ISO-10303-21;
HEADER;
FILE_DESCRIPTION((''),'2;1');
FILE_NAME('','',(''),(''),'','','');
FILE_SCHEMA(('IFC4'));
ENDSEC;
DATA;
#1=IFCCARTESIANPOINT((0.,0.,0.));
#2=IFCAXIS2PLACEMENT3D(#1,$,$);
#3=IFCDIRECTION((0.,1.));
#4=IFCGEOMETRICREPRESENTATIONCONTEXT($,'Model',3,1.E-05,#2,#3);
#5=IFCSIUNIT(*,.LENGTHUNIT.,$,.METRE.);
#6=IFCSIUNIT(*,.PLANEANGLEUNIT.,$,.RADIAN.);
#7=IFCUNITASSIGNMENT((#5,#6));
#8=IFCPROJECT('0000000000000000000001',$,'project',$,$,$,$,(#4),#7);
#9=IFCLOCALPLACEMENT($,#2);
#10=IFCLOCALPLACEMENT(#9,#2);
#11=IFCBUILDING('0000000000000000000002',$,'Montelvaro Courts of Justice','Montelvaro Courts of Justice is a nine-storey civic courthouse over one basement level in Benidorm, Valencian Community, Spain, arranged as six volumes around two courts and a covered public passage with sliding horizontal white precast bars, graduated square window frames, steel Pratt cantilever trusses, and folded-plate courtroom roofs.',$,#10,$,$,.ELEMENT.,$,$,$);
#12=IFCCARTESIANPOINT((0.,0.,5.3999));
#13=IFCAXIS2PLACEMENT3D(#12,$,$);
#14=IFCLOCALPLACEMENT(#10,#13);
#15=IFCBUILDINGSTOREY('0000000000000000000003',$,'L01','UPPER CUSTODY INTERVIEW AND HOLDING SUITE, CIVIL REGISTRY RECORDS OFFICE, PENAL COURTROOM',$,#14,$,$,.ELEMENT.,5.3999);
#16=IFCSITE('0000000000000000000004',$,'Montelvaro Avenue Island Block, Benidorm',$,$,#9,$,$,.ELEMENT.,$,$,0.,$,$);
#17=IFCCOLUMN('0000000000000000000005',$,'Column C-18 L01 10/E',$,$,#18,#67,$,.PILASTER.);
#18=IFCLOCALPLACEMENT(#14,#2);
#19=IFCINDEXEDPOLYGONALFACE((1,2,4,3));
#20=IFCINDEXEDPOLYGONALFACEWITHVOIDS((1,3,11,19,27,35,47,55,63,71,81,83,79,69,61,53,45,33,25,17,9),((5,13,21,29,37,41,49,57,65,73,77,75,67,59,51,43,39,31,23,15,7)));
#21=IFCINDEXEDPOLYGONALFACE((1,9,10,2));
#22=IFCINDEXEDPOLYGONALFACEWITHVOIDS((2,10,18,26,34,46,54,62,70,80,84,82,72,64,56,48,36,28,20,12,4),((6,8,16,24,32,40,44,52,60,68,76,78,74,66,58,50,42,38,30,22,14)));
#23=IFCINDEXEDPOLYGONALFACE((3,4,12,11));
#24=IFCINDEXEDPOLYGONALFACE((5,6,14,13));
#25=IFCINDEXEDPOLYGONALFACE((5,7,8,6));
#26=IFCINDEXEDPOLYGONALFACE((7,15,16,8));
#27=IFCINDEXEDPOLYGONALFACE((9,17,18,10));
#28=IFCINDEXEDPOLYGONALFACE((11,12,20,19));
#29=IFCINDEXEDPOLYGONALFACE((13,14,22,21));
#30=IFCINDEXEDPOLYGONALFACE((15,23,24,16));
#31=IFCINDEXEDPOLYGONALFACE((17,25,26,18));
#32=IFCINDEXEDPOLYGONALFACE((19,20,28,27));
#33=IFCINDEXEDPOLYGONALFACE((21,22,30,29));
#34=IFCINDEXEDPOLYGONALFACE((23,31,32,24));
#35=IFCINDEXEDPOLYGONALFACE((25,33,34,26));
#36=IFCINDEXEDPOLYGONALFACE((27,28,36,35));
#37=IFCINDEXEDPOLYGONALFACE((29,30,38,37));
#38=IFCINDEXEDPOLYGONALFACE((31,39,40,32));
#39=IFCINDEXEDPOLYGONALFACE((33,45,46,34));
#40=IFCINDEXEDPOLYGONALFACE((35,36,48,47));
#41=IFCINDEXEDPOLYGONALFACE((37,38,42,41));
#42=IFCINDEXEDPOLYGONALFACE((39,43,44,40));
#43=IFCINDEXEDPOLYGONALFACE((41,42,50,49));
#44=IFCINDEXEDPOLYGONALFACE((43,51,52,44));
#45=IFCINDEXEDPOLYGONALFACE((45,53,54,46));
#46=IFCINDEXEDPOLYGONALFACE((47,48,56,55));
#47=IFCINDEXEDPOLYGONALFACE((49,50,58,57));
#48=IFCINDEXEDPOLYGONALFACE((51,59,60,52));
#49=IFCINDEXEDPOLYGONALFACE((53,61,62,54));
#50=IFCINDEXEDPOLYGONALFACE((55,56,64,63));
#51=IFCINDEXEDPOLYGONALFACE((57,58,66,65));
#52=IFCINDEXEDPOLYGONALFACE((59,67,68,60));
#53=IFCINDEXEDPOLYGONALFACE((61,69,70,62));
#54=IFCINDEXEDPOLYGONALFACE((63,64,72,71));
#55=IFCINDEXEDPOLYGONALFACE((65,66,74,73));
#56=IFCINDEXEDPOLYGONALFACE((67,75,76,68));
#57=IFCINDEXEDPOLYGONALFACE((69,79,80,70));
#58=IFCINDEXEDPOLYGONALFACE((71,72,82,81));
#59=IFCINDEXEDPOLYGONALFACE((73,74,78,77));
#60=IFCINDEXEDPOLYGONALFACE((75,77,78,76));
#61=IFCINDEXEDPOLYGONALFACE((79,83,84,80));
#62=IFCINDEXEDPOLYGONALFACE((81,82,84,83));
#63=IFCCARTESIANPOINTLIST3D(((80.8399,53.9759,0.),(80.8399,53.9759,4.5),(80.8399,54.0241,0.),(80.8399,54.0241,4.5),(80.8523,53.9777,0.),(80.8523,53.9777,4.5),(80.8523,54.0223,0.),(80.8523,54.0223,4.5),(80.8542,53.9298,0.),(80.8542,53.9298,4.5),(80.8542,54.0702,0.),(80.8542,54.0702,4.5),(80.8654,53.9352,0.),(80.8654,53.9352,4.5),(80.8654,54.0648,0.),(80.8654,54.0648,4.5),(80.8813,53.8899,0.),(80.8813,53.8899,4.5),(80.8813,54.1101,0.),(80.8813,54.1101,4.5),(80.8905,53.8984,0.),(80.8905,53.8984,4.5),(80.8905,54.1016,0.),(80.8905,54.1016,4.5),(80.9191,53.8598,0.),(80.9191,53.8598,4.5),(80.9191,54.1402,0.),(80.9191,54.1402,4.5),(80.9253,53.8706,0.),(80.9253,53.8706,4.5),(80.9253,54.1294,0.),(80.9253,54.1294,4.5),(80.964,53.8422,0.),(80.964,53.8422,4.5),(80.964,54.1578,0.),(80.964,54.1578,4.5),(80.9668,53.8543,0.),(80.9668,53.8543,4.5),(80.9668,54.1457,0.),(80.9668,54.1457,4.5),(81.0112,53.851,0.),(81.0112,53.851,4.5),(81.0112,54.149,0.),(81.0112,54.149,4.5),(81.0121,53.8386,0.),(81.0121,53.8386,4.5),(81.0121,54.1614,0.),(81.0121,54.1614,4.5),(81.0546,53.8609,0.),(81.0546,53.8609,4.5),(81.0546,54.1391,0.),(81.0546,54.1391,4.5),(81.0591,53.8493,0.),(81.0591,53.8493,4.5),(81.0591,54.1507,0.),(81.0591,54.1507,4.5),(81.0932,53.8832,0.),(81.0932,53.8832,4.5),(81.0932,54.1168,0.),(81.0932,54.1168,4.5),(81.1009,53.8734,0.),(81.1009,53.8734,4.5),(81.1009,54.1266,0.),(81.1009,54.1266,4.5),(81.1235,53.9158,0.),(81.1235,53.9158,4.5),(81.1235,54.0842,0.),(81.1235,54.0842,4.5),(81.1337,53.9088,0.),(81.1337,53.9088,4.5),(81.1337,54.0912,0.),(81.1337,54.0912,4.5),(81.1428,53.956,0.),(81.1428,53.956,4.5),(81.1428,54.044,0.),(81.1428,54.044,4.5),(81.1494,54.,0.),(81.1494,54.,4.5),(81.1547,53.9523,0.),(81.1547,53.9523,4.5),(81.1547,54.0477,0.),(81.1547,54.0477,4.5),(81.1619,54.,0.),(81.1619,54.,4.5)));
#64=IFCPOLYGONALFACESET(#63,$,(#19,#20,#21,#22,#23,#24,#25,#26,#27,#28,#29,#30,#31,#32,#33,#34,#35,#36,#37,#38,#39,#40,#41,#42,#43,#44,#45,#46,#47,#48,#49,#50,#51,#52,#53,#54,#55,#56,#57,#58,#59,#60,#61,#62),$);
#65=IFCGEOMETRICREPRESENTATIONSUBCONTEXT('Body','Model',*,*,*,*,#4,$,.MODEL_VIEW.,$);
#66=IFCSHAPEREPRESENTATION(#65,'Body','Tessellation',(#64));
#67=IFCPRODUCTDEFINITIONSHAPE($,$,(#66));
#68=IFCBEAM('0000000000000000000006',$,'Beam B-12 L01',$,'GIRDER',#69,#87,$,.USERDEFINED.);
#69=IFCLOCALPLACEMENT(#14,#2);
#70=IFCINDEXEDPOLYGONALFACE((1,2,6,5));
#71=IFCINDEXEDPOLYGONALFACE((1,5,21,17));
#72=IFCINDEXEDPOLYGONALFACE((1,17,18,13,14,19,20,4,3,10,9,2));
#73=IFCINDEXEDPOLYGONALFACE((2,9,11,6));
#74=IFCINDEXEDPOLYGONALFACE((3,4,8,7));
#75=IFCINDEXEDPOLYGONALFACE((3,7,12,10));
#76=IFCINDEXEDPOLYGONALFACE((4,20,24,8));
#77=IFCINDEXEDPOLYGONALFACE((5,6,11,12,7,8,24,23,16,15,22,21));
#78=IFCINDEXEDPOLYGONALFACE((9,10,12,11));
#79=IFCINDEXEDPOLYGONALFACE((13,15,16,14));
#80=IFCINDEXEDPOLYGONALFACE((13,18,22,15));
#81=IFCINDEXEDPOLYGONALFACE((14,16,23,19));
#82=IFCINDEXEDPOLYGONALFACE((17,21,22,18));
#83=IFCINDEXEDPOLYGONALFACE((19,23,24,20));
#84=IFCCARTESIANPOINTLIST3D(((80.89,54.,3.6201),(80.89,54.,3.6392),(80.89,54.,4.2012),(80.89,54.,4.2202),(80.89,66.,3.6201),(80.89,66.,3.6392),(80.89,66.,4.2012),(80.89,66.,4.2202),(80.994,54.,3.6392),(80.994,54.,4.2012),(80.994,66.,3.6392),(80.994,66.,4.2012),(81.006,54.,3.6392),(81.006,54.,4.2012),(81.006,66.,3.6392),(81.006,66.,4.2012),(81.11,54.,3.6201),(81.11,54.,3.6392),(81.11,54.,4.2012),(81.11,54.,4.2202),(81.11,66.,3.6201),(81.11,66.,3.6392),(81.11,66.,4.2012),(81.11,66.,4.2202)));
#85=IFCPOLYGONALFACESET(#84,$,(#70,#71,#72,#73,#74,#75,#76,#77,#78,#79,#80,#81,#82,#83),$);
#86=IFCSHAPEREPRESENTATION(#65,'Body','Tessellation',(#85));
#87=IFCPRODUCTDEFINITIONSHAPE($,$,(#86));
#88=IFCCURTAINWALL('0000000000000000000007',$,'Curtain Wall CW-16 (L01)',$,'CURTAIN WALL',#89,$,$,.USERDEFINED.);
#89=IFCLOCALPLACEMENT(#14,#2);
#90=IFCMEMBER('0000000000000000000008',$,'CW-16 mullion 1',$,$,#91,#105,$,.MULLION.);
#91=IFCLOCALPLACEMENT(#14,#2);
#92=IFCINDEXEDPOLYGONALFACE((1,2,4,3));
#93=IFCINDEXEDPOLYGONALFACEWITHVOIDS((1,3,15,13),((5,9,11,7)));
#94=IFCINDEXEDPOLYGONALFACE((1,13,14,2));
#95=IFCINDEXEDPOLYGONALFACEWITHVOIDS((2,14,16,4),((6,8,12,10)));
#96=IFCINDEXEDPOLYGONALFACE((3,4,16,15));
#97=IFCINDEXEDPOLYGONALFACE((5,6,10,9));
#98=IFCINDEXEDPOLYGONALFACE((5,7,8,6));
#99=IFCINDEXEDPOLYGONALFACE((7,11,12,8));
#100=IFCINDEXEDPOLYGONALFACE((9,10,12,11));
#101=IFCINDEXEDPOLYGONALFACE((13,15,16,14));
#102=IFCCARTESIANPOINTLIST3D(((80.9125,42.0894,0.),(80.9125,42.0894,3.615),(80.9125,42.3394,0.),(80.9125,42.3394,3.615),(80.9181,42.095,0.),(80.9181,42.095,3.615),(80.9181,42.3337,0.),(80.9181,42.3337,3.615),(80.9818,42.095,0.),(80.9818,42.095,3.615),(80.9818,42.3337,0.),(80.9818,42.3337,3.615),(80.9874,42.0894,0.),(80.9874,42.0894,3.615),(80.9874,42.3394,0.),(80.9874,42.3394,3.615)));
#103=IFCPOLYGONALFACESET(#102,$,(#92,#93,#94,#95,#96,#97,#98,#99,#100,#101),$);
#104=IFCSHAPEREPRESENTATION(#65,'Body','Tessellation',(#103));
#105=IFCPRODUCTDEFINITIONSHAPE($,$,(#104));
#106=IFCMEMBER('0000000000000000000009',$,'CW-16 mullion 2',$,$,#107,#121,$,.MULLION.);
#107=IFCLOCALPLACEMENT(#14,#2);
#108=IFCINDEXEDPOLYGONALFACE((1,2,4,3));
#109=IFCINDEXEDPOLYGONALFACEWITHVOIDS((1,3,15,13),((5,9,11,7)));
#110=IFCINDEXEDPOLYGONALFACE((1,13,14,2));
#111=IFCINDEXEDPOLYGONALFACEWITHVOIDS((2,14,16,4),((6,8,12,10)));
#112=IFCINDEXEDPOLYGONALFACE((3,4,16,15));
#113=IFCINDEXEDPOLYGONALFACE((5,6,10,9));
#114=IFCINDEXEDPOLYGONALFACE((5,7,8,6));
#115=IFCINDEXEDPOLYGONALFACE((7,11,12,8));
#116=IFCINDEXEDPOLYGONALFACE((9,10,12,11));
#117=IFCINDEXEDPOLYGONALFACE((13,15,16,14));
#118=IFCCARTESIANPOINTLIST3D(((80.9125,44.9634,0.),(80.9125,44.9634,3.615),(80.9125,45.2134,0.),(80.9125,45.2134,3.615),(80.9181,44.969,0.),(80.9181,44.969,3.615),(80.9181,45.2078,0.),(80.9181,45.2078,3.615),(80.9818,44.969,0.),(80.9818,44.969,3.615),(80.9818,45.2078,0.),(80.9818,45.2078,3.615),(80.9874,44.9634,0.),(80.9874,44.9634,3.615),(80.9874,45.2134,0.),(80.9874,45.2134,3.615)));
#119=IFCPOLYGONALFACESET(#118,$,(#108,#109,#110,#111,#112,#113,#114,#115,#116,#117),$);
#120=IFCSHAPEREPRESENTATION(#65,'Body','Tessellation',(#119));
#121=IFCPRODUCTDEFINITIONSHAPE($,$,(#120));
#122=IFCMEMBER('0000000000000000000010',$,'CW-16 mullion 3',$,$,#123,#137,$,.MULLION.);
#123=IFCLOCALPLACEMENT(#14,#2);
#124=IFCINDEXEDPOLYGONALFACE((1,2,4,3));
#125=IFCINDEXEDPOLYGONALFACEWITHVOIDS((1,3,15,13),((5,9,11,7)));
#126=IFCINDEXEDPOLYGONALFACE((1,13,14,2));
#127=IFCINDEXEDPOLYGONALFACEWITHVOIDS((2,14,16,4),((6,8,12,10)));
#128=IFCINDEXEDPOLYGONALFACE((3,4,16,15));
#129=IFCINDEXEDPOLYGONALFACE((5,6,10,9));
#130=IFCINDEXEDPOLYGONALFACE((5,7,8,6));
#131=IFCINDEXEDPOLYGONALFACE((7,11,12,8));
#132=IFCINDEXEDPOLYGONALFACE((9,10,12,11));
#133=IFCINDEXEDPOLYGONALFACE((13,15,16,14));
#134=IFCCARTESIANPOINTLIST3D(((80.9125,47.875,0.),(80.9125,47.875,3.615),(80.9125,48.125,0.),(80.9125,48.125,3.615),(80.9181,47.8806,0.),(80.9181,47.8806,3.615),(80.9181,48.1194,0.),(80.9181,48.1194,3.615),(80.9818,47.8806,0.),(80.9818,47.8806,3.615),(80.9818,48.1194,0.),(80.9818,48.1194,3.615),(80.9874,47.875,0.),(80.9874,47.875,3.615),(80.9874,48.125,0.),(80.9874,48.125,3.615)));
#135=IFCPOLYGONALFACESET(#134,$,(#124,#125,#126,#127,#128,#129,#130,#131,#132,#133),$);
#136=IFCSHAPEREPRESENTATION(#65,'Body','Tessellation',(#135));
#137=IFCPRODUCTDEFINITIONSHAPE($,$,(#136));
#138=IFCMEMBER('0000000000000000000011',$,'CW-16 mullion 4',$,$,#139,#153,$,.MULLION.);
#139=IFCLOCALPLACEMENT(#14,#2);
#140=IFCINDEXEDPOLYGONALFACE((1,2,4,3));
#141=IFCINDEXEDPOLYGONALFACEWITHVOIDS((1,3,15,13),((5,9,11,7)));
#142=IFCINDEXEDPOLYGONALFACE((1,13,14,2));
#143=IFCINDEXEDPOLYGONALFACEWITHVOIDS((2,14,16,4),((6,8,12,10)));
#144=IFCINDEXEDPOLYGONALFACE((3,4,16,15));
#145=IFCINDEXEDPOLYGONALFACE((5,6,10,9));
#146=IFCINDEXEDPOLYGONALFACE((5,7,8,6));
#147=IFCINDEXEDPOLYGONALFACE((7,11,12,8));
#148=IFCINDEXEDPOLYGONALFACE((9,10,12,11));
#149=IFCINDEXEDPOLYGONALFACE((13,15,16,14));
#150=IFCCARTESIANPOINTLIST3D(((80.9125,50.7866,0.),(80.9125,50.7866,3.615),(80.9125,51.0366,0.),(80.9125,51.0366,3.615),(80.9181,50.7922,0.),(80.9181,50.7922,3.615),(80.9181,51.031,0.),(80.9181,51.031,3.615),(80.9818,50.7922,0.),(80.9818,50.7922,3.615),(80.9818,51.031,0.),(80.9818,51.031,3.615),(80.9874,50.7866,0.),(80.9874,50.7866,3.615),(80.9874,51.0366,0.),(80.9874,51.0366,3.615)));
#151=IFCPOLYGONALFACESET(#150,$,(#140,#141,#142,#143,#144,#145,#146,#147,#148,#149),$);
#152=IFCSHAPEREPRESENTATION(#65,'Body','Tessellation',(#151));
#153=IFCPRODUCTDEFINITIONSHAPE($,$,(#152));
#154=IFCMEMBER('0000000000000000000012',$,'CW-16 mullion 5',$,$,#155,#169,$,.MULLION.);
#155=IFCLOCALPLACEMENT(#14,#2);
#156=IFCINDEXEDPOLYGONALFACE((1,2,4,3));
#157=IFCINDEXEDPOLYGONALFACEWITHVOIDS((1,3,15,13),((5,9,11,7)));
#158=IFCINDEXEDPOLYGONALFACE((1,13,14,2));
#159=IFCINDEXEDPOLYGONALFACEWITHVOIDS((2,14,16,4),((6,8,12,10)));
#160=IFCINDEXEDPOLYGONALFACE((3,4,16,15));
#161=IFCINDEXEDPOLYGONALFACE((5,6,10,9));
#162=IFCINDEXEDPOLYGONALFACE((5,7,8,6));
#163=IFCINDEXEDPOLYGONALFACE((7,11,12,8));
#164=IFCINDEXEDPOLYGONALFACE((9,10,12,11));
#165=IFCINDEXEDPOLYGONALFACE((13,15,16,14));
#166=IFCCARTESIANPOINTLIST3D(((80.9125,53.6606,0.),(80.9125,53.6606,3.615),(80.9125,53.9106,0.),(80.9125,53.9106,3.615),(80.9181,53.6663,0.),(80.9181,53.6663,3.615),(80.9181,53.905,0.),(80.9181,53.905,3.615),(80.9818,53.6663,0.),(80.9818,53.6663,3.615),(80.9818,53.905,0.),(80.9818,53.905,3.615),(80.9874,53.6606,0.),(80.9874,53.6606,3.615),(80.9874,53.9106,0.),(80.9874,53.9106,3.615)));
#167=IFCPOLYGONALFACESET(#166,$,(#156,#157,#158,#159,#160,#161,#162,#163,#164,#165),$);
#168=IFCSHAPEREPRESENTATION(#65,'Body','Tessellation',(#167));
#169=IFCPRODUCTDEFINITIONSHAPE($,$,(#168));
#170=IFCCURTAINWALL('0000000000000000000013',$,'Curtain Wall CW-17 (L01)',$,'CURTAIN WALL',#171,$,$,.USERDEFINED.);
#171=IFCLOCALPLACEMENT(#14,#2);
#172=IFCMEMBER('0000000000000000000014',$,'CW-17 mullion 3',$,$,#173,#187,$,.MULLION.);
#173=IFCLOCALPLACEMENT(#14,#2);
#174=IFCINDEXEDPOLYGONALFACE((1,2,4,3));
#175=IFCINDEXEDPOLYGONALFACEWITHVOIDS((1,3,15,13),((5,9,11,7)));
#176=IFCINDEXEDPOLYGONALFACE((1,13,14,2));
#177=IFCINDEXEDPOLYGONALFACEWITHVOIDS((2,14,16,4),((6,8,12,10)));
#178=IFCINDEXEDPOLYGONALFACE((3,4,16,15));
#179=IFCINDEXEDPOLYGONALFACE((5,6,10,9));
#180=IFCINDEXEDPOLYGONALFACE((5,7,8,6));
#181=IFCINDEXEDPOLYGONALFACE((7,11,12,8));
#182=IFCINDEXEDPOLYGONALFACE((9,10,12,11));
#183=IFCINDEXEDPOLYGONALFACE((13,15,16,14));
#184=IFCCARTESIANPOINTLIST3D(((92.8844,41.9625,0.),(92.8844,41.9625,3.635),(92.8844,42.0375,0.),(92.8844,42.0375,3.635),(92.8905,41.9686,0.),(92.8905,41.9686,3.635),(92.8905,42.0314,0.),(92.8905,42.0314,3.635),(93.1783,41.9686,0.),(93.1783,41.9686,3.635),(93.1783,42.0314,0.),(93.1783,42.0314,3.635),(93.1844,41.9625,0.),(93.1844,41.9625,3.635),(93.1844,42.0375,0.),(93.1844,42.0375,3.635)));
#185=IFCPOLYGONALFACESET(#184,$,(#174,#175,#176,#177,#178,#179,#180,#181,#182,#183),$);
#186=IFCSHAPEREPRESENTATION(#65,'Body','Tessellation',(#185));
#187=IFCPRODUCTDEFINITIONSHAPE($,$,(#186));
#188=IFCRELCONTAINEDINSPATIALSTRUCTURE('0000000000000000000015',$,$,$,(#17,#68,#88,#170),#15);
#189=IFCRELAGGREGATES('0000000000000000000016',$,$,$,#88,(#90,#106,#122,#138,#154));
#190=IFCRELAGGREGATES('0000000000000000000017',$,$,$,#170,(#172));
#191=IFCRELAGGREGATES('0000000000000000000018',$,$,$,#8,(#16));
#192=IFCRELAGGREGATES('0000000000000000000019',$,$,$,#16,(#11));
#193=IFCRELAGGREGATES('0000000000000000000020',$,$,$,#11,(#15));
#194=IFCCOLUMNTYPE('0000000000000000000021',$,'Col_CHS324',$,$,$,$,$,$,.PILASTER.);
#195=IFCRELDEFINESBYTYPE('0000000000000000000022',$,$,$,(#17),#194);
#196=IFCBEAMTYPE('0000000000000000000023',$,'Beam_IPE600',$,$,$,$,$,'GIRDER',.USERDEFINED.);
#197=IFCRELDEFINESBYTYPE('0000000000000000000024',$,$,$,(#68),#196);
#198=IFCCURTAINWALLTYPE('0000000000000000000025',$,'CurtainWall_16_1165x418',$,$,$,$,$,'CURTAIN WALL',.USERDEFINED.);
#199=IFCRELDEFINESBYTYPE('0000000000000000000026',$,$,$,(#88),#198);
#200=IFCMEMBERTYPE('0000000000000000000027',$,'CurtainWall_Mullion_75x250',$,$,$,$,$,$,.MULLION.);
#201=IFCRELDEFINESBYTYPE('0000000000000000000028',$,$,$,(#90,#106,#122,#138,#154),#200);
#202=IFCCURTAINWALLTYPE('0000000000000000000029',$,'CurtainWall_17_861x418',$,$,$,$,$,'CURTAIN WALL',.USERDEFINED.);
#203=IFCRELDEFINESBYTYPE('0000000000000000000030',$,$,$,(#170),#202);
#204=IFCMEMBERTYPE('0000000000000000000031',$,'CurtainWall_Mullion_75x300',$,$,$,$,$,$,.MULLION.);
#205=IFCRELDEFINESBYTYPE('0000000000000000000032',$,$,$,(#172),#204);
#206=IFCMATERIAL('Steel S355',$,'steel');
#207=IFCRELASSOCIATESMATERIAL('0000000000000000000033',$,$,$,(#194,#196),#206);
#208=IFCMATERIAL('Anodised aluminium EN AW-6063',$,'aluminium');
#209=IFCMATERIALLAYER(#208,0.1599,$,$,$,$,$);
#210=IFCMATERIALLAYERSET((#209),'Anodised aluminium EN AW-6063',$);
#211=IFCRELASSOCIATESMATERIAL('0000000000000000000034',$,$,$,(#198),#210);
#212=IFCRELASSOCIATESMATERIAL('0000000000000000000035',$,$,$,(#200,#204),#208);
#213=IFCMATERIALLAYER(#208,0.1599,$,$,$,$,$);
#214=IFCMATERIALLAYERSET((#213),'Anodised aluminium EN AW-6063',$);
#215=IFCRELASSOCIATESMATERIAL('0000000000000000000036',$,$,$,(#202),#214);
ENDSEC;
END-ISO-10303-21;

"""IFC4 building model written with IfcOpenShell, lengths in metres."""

from ifc_helpers import new_model, si_unit, direction, frame, origin, origin_2d, place, context, subcontext, project, spatial, hollow_rectangle, hollow_circle, i_section, extrude, material, layer, layer_set, material_profile, profile_set, type_object, element, aggregate, save


model = new_model("IFC4")

# Units and contexts
model_context = context("Model", 3, precision=1e-05, world=origin(), true_north=direction((0.0, 1.0)))
body_context = subcontext(model_context, "Body", "Model", "MODEL_VIEW")
ifc_project = project(units=[si_unit("LENGTHUNIT", "METRE"), si_unit("PLANEANGLEUNIT", "RADIAN")], contexts=[model_context])

# Site, building, storey
site_placement = place(None, origin())
site = spatial("IfcSite", under=ifc_project, at=site_placement, Name="Montelvaro Avenue Island Block, Benidorm", CompositionType="ELEMENT", RefElevation=0.0)
building_placement = place(site_placement, origin())
building = spatial("IfcBuilding", under=site, at=building_placement, Name="Montelvaro Courts of Justice", Description="Montelvaro Courts of Justice is a nine-storey civic courthouse over one basement level in Benidorm, Valencian Community, Spain, arranged as six volumes around two courts and a covered public passage with sliding horizontal white precast bars, graduated square window frames, steel Pratt cantilever trusses, and folded-plate courtroom roofs.", CompositionType="ELEMENT")
storey_placement = place(building_placement, frame((0.0, 0.0, 5.3999)))
storey = spatial("IfcBuildingStorey", under=building, at=storey_placement, Name="L01", Description="UPPER CUSTODY INTERVIEW AND HOLDING SUITE, CIVIL REGISTRY RECORDS OFFICE, PENAL COURTROOM", CompositionType="ELEMENT", Elevation=5.3999)

# Column
ifc_material_1 = material(Name="Steel S355", Category="steel")
ifc_material_profile_1 = material_profile(ifc_material_1, hollow_circle(Radius=0.1619, WallThickness=0.0125, at=origin_2d()), Name="CHS 323.9x12.5")
ifc_profile_set_1 = profile_set([ifc_material_profile_1], Name="Steel S355")
column_type = type_object("IfcColumnType", Name="Col_CHS324", PredefinedType="PILASTER", material=ifc_profile_set_1)
column_placement = place(storey_placement, frame((81.0, 54.0, 0.0), z_axis=(0.0, 0.0, 1.0), x_axis=(1.0, 0.0, 0.0)))
element("IfcColumn", 1, at=column_placement, inside=storey, type_object=column_type, Name="Column C-18 L01 10/E", PredefinedType="PILASTER", context=body_context, shape_type="SweptSolid", body=[
    extrude(hollow_circle(Radius=0.1619, WallThickness=0.0125, at=origin_2d()), origin(), (0.0, 0.0, 1.0), 4.5),
])

# Beam
ifc_material_profile_2 = material_profile(ifc_material_1, i_section(OverallWidth=0.22, OverallDepth=0.6001, WebThickness=0.012, FlangeThickness=0.019, at=origin_2d()), Name="IPE 600")
ifc_profile_set_2 = profile_set([ifc_material_profile_2], Name="Steel S355")
beam_type = type_object("IfcBeamType", Name="Beam_IPE600", ElementType="GIRDER", PredefinedType="USERDEFINED", material=ifc_profile_set_2)
beam_placement = place(storey_placement, frame((81.0, 54.0, 3.9202), z_axis=(0.0, 1.0, 0.0), x_axis=(-1.0, 0.0, 0.0)))
element("IfcBeam", 2, at=beam_placement, inside=storey, type_object=beam_type, Name="Beam B-12 L01", ObjectType="GIRDER", PredefinedType="USERDEFINED", context=body_context, shape_type="SweptSolid", body=[
    extrude(i_section(OverallWidth=0.22, OverallDepth=0.6001, WebThickness=0.012, FlangeThickness=0.019, at=origin_2d()), origin(), (0.0, 0.0, 1.0), 12.0),
])

# Curtain wall, members
ifc_material_2 = material(Name="Anodised aluminium EN AW-6063", Category="aluminium")
ifc_layer_1 = layer(ifc_material_2, 0.1599)
ifc_layer_set_1 = layer_set([ifc_layer_1], Name="Anodised aluminium EN AW-6063")
curtain_wall_type_1 = type_object("IfcCurtainWallType", Name="CurtainWall_16_1165x418", ElementType="CURTAIN WALL", PredefinedType="USERDEFINED", material=ifc_layer_set_1)
curtain_wall_1_placement = place(storey_placement, origin())
curtain_wall_1 = element("IfcCurtainWall", 3, at=curtain_wall_1_placement, inside=storey, type_object=curtain_wall_type_1, Name="Curtain Wall CW-16 (L01)", ObjectType="CURTAIN WALL", PredefinedType="USERDEFINED")
ifc_material_profile_3 = material_profile(ifc_material_2, hollow_rectangle(XDim=0.075, YDim=0.25, WallThickness=0.0056, at=origin_2d()), Name="ALU-M 75x250")
ifc_profile_set_3 = profile_set([ifc_material_profile_3], Name="Anodised aluminium EN AW-6063")
member_type_1 = type_object("IfcMemberType", Name="CurtainWall_Mullion_75x250", PredefinedType="MULLION", material=ifc_profile_set_3)
member_1_placement = place(storey_placement, frame((80.95, 42.2144, 0.0), z_axis=(0.0, 0.0, 1.0), x_axis=(-1.0, 0.0, 0.0)))
member_1 = element("IfcMember", 4, at=member_1_placement, type_object=member_type_1, Name="CW-16 mullion 1", PredefinedType="MULLION", context=body_context, shape_type="SweptSolid", body=[
    extrude(hollow_rectangle(XDim=0.075, YDim=0.25, WallThickness=0.0056, at=origin_2d()), origin(), (0.0, 0.0, 1.0), 3.615),
])
member_2_placement = place(storey_placement, frame((80.95, 45.0884, 0.0), z_axis=(0.0, 0.0, 1.0), x_axis=(-1.0, 0.0, 0.0)))
member_2 = element("IfcMember", 5, at=member_2_placement, type_object=member_type_1, Name="CW-16 mullion 2", PredefinedType="MULLION", context=body_context, shape_type="SweptSolid", body=[
    extrude(hollow_rectangle(XDim=0.075, YDim=0.25, WallThickness=0.0056, at=origin_2d()), origin(), (0.0, 0.0, 1.0), 3.615),
])
member_3_placement = place(storey_placement, frame((80.95, 48.0, 0.0), z_axis=(0.0, 0.0, 1.0), x_axis=(-1.0, 0.0, 0.0)))
member_3 = element("IfcMember", 6, at=member_3_placement, type_object=member_type_1, Name="CW-16 mullion 3", PredefinedType="MULLION", context=body_context, shape_type="SweptSolid", body=[
    extrude(hollow_rectangle(XDim=0.075, YDim=0.25, WallThickness=0.0056, at=origin_2d()), origin(), (0.0, 0.0, 1.0), 3.615),
])
member_4_placement = place(storey_placement, frame((80.95, 50.9116, 0.0), z_axis=(0.0, 0.0, 1.0), x_axis=(-1.0, 0.0, 0.0)))
member_4 = element("IfcMember", 7, at=member_4_placement, type_object=member_type_1, Name="CW-16 mullion 4", PredefinedType="MULLION", context=body_context, shape_type="SweptSolid", body=[
    extrude(hollow_rectangle(XDim=0.075, YDim=0.25, WallThickness=0.0056, at=origin_2d()), origin(), (0.0, 0.0, 1.0), 3.615),
])
member_5_placement = place(storey_placement, frame((80.95, 53.7856, 0.0), z_axis=(0.0, 0.0, 1.0), x_axis=(-1.0, 0.0, 0.0)))
member_5 = element("IfcMember", 8, at=member_5_placement, type_object=member_type_1, Name="CW-16 mullion 5", PredefinedType="MULLION", context=body_context, shape_type="SweptSolid", body=[
    extrude(hollow_rectangle(XDim=0.075, YDim=0.25, WallThickness=0.0056, at=origin_2d()), origin(), (0.0, 0.0, 1.0), 3.615),
])

# Curtain wall, member
ifc_layer_2 = layer(ifc_material_2, 0.1599)
ifc_layer_set_2 = layer_set([ifc_layer_2], Name="Anodised aluminium EN AW-6063")
curtain_wall_type_2 = type_object("IfcCurtainWallType", Name="CurtainWall_17_861x418", ElementType="CURTAIN WALL", PredefinedType="USERDEFINED", material=ifc_layer_set_2)
curtain_wall_2_placement = place(storey_placement, origin())
curtain_wall_2 = element("IfcCurtainWall", 9, at=curtain_wall_2_placement, inside=storey, type_object=curtain_wall_type_2, Name="Curtain Wall CW-17 (L01)", ObjectType="CURTAIN WALL", PredefinedType="USERDEFINED")
ifc_material_profile_4 = material_profile(ifc_material_2, hollow_rectangle(XDim=0.075, YDim=0.3, WallThickness=0.0061, at=origin_2d()), Name="ALU-M 75x300")
ifc_profile_set_4 = profile_set([ifc_material_profile_4], Name="Anodised aluminium EN AW-6063")
member_type_2 = type_object("IfcMemberType", Name="CurtainWall_Mullion_75x300", PredefinedType="MULLION", material=ifc_profile_set_4)
member_6_placement = place(storey_placement, frame((93.0344, 42.0, 0.0), z_axis=(0.0, 0.0, 1.0), x_axis=(0.0, -1.0, 0.0)))
member_6 = element("IfcMember", 10, at=member_6_placement, type_object=member_type_2, Name="CW-17 mullion 3", PredefinedType="MULLION", context=body_context, shape_type="SweptSolid", body=[
    extrude(hollow_rectangle(XDim=0.075, YDim=0.3, WallThickness=0.0061, at=origin_2d()), origin(), (0.0, 0.0, 1.0), 3.635),
])

aggregate(curtain_wall_1, [member_1, member_2, member_3, member_4, member_5])
aggregate(curtain_wall_2, [member_6])

save(model, "model.ifc")
